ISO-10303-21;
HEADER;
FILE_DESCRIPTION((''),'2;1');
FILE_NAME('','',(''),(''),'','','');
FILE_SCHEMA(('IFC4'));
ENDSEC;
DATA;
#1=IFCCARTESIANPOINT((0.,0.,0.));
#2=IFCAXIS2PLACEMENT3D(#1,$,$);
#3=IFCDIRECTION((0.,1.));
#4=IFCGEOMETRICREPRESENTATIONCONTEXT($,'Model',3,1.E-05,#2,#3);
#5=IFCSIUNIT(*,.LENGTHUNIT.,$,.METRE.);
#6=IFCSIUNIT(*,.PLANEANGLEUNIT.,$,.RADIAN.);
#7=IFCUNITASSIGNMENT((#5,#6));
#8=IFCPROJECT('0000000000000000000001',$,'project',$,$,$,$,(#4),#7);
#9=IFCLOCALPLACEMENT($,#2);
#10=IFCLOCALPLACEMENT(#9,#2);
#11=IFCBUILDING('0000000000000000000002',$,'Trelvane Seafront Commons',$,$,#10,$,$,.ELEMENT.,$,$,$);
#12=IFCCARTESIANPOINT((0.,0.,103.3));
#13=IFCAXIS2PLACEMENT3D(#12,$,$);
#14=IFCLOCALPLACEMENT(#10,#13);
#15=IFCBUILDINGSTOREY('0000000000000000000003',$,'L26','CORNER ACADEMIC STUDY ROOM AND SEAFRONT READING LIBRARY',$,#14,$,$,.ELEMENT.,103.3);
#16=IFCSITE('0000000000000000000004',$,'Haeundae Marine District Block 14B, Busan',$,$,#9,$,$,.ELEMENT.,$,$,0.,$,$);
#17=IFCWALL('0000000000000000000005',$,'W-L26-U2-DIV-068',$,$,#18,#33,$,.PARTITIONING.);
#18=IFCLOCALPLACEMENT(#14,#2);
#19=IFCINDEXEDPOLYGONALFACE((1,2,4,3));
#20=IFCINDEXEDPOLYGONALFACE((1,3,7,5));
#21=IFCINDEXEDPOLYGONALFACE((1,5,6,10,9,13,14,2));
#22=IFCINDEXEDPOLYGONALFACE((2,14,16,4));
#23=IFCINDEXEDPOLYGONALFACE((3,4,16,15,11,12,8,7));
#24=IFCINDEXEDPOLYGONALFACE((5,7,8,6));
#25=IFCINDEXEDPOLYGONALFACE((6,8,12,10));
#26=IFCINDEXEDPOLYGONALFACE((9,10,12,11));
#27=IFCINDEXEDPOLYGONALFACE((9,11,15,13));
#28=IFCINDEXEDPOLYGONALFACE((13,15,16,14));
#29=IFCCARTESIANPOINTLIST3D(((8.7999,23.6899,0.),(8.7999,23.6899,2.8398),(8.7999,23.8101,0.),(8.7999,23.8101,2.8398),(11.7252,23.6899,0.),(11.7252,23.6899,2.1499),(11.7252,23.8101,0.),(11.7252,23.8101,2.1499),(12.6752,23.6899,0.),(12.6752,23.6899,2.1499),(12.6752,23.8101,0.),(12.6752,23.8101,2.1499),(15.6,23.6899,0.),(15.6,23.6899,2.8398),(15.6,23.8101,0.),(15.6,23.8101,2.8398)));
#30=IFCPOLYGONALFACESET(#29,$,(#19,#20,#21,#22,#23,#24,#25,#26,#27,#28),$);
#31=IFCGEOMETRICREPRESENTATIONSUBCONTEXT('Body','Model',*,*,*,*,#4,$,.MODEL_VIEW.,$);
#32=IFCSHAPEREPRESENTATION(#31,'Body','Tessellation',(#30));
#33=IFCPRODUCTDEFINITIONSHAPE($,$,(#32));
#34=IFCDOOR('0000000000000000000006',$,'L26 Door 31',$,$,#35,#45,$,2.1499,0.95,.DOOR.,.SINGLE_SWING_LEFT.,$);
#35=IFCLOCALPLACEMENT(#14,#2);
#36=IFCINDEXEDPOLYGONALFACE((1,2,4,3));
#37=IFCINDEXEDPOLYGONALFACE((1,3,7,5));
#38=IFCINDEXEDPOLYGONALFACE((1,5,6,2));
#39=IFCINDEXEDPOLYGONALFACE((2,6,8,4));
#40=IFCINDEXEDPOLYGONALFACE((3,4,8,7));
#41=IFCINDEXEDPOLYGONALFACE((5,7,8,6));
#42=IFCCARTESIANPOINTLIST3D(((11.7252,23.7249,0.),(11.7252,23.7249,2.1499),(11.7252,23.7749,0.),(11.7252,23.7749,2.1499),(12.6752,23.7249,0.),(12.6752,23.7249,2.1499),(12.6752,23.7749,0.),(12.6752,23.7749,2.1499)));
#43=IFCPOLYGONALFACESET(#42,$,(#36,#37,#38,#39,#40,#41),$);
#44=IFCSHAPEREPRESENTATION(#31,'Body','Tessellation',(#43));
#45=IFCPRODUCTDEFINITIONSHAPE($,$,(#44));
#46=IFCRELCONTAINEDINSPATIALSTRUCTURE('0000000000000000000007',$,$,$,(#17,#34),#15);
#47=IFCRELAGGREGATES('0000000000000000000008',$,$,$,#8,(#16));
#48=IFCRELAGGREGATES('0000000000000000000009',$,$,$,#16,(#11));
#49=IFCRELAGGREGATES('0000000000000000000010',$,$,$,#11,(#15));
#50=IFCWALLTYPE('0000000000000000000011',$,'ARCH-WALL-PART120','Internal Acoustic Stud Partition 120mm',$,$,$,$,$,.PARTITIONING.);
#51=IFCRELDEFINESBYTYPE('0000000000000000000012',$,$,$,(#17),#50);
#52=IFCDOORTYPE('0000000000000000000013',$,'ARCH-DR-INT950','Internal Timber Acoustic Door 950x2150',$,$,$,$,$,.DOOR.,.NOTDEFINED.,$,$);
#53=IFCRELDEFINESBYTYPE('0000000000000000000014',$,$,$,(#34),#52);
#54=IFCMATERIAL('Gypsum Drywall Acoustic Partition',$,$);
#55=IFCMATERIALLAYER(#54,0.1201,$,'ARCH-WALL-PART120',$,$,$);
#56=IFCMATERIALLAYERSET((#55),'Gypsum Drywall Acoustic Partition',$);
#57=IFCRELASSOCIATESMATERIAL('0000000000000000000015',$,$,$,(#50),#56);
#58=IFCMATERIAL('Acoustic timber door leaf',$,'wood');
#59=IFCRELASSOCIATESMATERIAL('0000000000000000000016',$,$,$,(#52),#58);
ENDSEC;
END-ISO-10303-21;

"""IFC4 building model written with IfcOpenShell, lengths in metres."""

from ifc_helpers import new_model, si_unit, direction, frame, frame_2d, origin, place, context, subcontext, project, spatial, rectangle, extrude, source, transform, mapped, material, layer, layer_set, type_object, element, fill, save


model = new_model("IFC4")

# Units and contexts
model_context = context("Model", 3, precision=1e-05, world=origin(), true_north=direction((0.0, 1.0)))
body_context = subcontext(model_context, "Body", "Model", "MODEL_VIEW")
ifc_project = project(units=[si_unit("LENGTHUNIT", "METRE"), si_unit("PLANEANGLEUNIT", "RADIAN")], contexts=[model_context])

# Site, building, storey
site_placement = place(None, origin())
site = spatial("IfcSite", under=ifc_project, at=site_placement, Name="Haeundae Marine District Block 14B, Busan", CompositionType="ELEMENT", RefElevation=0.0)
building_placement = place(site_placement, origin())
building = spatial("IfcBuilding", under=site, at=building_placement, Name="Trelvane Seafront Commons", CompositionType="ELEMENT")
storey_placement = place(building_placement, frame((0.0, 0.0, 103.3)))
storey = spatial("IfcBuildingStorey", under=building, at=storey_placement, Name="L26", Description="CORNER ACADEMIC STUDY ROOM AND SEAFRONT READING LIBRARY", CompositionType="ELEMENT", Elevation=103.3)

# Wall, opening, door
ifc_material_1 = material(Name="Gypsum Drywall Acoustic Partition")
ifc_layer_1 = layer(ifc_material_1, 0.1201, Name="ARCH-WALL-PART120")
ifc_layer_set_1 = layer_set([ifc_layer_1], Name="Gypsum Drywall Acoustic Partition")
wall_type_1 = type_object("IfcWallType", Name="ARCH-WALL-PART120", Description="Internal Acoustic Stud Partition 120mm", PredefinedType="PARTITIONING", material=ifc_layer_set_1)
ifc_material_2 = material(Name="Acoustic timber door leaf", Category="wood")
door_type = type_object("IfcDoorType", Name="ARCH-DR-INT950", Description="Internal Timber Acoustic Door 950x2150", OperationType="NOTDEFINED", PredefinedType="DOOR", material=ifc_material_2)
shared_shape_1 = source(origin(), body_context, "Body", "SweptSolid", [
    extrude(rectangle(XDim=0.95, YDim=2.1499, at=frame_2d((0.4751, 1.075))), frame((0.0, 0.0249, 0.0), z_axis=(0.0, -1.0, 0.0), x_axis=(1.0, 0.0, 0.0)), (0.0, 0.0, 1.0), 0.05),
])
wall_1_placement = place(storey_placement, frame((8.8, 23.75, 0.0), z_axis=(0.0, 0.0, 1.0), x_axis=(1.0, 0.0, 0.0)))
wall_1 = element("IfcWall", 1, at=wall_1_placement, inside=storey, type_object=wall_type_1, Name="W-L26-U2-DIV-068", PredefinedType="PARTITIONING", context=body_context, shape_type="SweptSolid", body=[
    extrude(rectangle(XDim=6.8, YDim=0.1201, at=frame_2d((3.3999, 0.0))), origin(), (0.0, 0.0, 1.0), 2.8398),
])
opening_1_placement = place(wall_1_placement, frame((2.925, 0.0, 0.0)))
opening_1 = element("IfcOpeningElement", 2, at=opening_1_placement, cuts=wall_1, PredefinedType="OPENING", context=body_context, shape_type="SweptSolid", body=[
    extrude(rectangle(XDim=0.95, YDim=2.1499, at=frame_2d((0.4751, 1.075))), frame((0.0, 0.0701, 0.0), z_axis=(0.0, -1.0, 0.0), x_axis=(1.0, 0.0, 0.0)), (0.0, 0.0, 1.0), 0.1401),
])
door_1_placement = place(opening_1_placement, origin())
door_1 = element("IfcDoor", 3, at=door_1_placement, inside=storey, type_object=door_type, Name="L26 Door 31", OperationType="SINGLE_SWING_LEFT", OverallHeight=2.1499, OverallWidth=0.95, PredefinedType="DOOR", context=body_context, shape_type="MappedRepresentation", body=[
    mapped(shared_shape_1, transform((0.0, 0.0, 0.0), x_axis=(1.0, 0.0, 0.0), y_axis=(0.0, 1.0, 0.0), z_axis=(0.0, 0.0, 1.0), scale=1.0)),
])
fill(opening_1, door_1)

save(model, "model.ifc")
